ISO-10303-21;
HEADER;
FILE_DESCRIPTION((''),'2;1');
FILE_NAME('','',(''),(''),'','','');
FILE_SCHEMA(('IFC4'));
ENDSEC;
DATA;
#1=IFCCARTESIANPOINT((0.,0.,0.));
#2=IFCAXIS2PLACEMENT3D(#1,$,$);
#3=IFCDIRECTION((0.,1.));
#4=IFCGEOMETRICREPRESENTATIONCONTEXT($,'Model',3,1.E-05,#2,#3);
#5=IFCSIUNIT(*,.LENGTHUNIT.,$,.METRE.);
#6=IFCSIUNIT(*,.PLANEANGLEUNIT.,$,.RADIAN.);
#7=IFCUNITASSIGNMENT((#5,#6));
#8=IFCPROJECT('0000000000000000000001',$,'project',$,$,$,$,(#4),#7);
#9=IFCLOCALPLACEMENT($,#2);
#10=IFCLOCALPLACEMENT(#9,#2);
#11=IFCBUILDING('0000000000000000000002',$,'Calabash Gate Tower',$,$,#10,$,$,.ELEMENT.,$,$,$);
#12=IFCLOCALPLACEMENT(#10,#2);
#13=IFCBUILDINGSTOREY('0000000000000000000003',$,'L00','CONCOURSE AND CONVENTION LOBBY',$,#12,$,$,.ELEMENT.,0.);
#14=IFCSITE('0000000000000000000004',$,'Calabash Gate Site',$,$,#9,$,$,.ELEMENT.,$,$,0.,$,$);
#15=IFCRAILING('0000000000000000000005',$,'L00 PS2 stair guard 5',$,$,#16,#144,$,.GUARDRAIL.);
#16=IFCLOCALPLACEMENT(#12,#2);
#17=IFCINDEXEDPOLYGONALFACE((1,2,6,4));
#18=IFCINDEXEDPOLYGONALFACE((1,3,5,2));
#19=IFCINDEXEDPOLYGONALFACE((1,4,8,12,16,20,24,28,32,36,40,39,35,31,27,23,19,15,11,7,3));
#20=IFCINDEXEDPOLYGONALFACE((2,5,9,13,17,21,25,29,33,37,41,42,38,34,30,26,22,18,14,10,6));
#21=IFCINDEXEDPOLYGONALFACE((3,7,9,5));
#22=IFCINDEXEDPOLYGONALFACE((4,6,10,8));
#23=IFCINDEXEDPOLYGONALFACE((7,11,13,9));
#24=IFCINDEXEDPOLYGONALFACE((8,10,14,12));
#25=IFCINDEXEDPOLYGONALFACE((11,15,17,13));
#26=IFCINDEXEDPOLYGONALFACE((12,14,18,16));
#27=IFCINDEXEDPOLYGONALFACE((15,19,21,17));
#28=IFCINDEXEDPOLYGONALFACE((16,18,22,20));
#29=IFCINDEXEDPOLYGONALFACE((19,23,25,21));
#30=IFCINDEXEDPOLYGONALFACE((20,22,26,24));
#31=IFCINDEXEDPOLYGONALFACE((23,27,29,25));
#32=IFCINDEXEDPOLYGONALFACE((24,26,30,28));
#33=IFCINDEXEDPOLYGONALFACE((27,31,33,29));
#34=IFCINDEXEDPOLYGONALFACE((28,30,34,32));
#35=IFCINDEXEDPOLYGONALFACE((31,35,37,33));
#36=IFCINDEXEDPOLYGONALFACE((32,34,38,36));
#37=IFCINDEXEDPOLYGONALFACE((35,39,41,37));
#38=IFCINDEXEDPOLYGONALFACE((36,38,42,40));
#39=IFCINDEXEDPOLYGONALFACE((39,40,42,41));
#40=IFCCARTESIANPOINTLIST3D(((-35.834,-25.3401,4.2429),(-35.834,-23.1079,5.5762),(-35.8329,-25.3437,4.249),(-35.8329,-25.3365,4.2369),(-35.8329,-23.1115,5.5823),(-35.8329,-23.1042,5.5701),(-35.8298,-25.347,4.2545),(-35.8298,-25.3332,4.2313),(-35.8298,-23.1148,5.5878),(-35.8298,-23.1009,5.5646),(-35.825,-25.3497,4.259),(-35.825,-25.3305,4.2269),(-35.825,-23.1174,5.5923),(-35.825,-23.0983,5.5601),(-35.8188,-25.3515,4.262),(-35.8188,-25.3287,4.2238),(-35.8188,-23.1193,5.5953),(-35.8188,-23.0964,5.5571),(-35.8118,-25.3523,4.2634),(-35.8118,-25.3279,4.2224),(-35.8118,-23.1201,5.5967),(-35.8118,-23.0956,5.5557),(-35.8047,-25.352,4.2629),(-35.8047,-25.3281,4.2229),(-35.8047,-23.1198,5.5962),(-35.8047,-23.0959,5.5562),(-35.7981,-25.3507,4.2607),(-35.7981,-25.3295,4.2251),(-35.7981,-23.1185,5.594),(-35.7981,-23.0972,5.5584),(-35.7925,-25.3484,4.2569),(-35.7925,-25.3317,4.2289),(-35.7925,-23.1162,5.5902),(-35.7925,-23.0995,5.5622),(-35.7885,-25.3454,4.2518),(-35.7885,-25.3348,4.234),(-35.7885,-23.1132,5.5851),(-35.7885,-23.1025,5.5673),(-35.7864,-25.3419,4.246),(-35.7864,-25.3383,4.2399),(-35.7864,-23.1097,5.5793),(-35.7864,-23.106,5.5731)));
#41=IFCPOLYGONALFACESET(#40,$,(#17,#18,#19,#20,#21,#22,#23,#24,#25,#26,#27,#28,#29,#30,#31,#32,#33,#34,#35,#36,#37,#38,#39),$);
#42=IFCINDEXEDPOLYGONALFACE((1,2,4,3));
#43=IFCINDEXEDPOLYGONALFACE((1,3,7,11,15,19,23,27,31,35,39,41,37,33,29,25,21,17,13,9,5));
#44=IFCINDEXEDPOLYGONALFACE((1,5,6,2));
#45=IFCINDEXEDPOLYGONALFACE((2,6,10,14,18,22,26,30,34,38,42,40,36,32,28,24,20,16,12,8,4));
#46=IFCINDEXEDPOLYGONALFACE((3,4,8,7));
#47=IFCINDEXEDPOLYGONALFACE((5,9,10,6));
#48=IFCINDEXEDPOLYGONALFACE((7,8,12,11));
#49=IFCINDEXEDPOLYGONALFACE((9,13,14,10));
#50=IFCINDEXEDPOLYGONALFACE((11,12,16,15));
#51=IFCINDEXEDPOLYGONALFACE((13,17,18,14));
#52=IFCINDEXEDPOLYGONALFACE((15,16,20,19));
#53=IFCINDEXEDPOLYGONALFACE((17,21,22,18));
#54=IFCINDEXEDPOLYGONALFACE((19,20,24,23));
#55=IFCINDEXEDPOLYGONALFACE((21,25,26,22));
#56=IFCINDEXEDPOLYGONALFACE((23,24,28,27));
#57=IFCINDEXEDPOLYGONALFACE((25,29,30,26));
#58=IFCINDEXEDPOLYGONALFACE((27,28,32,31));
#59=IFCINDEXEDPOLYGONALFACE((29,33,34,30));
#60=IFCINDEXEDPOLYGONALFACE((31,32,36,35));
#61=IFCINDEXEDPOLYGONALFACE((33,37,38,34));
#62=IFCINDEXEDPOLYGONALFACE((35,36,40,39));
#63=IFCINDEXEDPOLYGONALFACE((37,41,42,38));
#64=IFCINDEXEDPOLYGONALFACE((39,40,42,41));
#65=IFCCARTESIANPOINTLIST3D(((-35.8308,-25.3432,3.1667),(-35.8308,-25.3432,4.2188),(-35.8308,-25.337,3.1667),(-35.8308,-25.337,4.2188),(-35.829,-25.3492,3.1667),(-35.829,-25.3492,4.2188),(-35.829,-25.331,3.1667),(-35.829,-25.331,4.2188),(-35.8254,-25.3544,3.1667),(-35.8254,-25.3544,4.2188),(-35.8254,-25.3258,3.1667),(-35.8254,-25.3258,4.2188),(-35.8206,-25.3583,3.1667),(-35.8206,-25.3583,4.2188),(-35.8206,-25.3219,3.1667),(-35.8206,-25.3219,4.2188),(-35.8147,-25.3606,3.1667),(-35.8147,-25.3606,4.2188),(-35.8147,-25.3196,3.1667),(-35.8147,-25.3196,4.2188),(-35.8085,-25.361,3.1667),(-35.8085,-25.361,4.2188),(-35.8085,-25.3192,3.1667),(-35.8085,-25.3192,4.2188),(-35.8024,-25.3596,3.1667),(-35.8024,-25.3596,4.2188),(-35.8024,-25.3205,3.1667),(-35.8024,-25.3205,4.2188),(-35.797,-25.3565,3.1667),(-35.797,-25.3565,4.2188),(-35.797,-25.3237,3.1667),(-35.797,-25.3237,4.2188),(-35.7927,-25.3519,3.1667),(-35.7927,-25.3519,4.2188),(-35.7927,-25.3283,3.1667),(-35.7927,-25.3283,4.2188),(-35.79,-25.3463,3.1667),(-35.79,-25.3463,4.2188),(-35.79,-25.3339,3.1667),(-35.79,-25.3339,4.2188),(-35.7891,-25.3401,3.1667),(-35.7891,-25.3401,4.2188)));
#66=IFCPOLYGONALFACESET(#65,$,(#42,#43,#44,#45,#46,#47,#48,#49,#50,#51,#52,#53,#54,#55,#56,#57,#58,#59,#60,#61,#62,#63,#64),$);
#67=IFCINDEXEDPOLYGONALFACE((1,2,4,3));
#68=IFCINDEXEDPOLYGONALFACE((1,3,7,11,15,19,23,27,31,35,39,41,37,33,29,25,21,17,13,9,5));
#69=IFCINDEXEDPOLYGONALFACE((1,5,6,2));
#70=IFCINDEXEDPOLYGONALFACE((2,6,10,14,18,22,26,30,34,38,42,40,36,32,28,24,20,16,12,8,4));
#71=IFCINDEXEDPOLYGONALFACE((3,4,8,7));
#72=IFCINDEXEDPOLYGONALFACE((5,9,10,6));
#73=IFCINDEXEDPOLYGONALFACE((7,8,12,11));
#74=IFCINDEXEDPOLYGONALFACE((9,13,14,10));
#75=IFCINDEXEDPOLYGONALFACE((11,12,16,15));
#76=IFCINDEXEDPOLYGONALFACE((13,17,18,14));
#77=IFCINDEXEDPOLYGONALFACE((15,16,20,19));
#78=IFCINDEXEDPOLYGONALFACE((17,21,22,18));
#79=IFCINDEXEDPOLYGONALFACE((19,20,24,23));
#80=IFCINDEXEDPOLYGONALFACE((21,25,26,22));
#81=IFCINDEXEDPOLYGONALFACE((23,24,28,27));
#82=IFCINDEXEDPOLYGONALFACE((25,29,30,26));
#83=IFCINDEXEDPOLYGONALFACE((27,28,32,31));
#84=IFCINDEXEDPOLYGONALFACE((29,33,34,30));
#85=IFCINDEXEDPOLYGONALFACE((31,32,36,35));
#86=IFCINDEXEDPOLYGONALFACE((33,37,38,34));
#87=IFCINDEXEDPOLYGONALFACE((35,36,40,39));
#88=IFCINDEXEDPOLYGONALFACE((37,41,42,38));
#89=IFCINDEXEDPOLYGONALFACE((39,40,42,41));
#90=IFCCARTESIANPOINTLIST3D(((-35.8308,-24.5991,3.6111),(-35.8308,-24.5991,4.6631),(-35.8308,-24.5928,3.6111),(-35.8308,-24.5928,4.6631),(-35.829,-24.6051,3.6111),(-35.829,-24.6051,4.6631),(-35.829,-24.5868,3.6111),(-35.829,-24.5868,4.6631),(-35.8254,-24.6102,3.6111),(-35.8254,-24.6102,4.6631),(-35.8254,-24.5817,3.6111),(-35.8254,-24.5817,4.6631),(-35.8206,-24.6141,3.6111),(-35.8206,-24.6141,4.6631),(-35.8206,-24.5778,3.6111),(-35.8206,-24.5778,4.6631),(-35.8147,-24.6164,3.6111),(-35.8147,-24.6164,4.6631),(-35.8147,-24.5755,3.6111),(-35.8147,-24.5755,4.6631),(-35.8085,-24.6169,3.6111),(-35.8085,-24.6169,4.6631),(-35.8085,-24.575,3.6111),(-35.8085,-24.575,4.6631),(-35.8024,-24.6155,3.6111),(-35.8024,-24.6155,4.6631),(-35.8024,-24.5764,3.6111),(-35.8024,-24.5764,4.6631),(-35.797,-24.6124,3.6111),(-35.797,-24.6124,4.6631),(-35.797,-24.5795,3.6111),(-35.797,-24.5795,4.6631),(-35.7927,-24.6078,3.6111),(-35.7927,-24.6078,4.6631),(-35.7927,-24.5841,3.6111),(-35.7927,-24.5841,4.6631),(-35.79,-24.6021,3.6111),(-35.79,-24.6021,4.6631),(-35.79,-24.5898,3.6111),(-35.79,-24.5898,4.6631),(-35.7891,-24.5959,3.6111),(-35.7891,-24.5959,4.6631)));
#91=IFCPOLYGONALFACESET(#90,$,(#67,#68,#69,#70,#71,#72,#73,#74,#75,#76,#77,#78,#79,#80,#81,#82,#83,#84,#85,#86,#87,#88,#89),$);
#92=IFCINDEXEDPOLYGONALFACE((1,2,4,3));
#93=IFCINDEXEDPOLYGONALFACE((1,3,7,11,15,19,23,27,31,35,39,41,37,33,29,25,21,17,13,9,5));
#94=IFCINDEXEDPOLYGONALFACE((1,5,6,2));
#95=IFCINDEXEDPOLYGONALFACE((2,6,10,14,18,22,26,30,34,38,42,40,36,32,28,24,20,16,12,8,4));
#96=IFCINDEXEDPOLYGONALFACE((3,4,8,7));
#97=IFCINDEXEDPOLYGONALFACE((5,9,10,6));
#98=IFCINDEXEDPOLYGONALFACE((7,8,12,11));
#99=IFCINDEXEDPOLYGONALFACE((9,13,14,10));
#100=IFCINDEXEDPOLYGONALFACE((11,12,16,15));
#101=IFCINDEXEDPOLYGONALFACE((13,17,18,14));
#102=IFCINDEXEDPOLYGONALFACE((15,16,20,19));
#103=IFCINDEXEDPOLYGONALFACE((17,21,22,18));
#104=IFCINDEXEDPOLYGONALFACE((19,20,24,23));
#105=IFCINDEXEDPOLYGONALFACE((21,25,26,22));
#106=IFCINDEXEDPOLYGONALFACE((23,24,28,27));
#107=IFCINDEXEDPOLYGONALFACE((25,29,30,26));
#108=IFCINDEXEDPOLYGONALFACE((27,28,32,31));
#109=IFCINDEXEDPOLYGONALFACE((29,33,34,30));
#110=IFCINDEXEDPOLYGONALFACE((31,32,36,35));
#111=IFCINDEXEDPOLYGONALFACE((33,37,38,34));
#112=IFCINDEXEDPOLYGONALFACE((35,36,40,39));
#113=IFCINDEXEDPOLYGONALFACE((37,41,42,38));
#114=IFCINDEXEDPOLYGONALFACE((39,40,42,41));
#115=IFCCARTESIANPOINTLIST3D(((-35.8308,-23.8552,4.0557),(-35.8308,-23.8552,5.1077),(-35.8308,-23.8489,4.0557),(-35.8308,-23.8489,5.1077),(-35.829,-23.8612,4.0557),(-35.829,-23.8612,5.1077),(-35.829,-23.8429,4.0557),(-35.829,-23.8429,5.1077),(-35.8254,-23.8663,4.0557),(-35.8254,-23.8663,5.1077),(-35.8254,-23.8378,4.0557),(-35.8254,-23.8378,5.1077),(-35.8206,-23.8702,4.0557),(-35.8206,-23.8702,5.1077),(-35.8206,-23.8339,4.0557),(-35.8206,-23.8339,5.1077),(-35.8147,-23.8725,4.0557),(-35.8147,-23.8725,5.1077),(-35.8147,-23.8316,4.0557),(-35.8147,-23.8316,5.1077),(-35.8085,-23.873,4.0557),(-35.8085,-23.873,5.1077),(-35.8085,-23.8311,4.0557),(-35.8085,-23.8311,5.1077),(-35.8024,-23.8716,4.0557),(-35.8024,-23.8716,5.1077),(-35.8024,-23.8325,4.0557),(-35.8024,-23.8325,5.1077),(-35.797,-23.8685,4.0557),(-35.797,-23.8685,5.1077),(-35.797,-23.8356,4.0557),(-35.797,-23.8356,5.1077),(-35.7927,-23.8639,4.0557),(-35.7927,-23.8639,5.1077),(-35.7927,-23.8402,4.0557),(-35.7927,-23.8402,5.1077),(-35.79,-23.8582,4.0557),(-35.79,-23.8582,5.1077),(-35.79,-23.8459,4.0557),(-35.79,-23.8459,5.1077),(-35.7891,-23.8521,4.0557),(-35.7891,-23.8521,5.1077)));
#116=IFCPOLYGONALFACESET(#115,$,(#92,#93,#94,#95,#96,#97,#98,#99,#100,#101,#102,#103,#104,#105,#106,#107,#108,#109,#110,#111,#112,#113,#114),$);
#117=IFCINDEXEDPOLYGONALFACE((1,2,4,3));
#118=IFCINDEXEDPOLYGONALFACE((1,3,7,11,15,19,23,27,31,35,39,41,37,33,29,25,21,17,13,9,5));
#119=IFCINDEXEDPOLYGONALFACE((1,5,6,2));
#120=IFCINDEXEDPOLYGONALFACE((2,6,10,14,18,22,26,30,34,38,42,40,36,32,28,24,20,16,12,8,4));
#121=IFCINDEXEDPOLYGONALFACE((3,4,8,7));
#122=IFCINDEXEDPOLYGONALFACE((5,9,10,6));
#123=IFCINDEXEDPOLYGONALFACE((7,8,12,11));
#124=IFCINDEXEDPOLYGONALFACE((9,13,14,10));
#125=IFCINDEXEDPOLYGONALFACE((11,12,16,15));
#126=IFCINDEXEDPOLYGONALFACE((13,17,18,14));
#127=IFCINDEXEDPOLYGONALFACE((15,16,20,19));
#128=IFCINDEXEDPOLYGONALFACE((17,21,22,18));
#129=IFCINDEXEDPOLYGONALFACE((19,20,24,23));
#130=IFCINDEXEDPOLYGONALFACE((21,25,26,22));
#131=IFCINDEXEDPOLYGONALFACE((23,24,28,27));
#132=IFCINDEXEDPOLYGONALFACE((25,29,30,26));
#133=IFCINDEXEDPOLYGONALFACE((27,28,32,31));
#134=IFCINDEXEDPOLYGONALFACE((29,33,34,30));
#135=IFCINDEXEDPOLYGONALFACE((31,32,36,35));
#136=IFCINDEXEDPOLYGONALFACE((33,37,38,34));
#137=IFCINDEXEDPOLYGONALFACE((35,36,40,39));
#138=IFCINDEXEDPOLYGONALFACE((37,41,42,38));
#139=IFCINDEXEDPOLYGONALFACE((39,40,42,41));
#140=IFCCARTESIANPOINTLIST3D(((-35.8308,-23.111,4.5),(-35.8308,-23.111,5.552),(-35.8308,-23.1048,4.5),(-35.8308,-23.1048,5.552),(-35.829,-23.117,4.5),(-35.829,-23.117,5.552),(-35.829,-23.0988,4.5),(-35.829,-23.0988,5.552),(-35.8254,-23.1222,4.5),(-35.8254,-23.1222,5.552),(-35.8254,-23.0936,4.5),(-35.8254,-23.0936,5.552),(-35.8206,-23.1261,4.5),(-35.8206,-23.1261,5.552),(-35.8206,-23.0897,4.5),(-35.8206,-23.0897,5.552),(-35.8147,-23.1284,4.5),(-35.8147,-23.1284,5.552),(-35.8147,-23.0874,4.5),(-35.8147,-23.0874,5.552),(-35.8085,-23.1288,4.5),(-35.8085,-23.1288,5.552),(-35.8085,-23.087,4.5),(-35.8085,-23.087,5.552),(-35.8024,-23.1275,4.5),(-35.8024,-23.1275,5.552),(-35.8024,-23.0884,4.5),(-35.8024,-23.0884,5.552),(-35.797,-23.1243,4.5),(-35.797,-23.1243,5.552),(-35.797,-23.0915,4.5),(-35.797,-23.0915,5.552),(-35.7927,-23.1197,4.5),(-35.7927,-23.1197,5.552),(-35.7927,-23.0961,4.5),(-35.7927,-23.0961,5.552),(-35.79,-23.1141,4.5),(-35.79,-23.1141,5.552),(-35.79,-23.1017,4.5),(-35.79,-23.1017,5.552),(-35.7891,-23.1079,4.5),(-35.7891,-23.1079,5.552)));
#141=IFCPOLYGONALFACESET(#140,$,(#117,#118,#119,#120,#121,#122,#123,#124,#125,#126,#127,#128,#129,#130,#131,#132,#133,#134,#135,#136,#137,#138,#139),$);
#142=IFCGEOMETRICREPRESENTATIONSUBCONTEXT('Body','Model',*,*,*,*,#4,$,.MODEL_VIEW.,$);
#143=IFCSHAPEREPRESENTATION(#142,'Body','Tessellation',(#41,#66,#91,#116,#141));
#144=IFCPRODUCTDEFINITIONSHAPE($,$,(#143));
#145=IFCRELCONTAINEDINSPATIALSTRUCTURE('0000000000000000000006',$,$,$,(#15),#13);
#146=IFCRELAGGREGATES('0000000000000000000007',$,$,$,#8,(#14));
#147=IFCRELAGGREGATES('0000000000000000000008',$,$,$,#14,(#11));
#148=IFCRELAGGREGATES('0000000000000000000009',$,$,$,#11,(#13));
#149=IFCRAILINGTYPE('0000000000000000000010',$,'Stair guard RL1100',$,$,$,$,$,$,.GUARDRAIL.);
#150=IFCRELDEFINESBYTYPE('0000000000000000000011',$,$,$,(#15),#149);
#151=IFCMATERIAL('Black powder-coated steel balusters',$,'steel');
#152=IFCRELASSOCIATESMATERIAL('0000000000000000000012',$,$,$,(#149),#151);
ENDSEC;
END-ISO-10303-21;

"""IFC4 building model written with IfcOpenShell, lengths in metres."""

from ifc_helpers import new_model, si_unit, direction, frame, origin, origin_2d, place, context, subcontext, project, spatial, circle, extrude, material, type_object, element, save


model = new_model("IFC4")

# Units and contexts
model_context = context("Model", 3, precision=1e-05, world=origin(), true_north=direction((0.0, 1.0)))
body_context = subcontext(model_context, "Body", "Model", "MODEL_VIEW")
ifc_project = project(units=[si_unit("LENGTHUNIT", "METRE"), si_unit("PLANEANGLEUNIT", "RADIAN")], contexts=[model_context])

# Site, building, storey
site_placement = place(None, origin())
site = spatial("IfcSite", under=ifc_project, at=site_placement, Name="Calabash Gate Site", CompositionType="ELEMENT", RefElevation=0.0)
building_placement = place(site_placement, origin())
building = spatial("IfcBuilding", under=site, at=building_placement, Name="Calabash Gate Tower", CompositionType="ELEMENT")
storey_placement = place(building_placement, origin())
storey = spatial("IfcBuildingStorey", under=building, at=storey_placement, Name="L00", Description="CONCOURSE AND CONVENTION LOBBY", CompositionType="ELEMENT", Elevation=0.0)

# Railing
ifc_material_1 = material(Name="Black powder-coated steel balusters", Category="steel")
railing_type_1 = type_object("IfcRailingType", Name="Stair guard RL1100", PredefinedType="GUARDRAIL", material=ifc_material_1)
railing_1_placement = place(storey_placement, frame((-35.8101, -25.3401, 3.1667)))
element("IfcRailing", 1, at=railing_1_placement, inside=storey, type_object=railing_type_1, Name="L00 PS2 stair guard 5", PredefinedType="GUARDRAIL", context=body_context, shape_type="SweptSolid", body=[
    extrude(circle(Radius=0.0239, at=origin_2d()), frame((0.0, 0.0, 1.0762), z_axis=(0.0, 0.858519, 0.512782), x_axis=(-1.0, 0.0, 0.0)), (0.0, 0.0, 1.0), 2.6001),
    extrude(circle(Radius=0.021, at=origin_2d()), origin(), (0.0, 0.0, 1.0), 1.052),
    extrude(circle(Radius=0.021, at=origin_2d()), frame((0.0, 0.7441, 0.4443)), (0.0, 0.0, 1.0), 1.052),
    extrude(circle(Radius=0.021, at=origin_2d()), frame((0.0, 1.488, 0.8889)), (0.0, 0.0, 1.0), 1.052),
    extrude(circle(Radius=0.021, at=origin_2d()), frame((0.0, 2.2322, 1.3333)), (0.0, 0.0, 1.0), 1.052),
])

save(model, "model.ifc")
